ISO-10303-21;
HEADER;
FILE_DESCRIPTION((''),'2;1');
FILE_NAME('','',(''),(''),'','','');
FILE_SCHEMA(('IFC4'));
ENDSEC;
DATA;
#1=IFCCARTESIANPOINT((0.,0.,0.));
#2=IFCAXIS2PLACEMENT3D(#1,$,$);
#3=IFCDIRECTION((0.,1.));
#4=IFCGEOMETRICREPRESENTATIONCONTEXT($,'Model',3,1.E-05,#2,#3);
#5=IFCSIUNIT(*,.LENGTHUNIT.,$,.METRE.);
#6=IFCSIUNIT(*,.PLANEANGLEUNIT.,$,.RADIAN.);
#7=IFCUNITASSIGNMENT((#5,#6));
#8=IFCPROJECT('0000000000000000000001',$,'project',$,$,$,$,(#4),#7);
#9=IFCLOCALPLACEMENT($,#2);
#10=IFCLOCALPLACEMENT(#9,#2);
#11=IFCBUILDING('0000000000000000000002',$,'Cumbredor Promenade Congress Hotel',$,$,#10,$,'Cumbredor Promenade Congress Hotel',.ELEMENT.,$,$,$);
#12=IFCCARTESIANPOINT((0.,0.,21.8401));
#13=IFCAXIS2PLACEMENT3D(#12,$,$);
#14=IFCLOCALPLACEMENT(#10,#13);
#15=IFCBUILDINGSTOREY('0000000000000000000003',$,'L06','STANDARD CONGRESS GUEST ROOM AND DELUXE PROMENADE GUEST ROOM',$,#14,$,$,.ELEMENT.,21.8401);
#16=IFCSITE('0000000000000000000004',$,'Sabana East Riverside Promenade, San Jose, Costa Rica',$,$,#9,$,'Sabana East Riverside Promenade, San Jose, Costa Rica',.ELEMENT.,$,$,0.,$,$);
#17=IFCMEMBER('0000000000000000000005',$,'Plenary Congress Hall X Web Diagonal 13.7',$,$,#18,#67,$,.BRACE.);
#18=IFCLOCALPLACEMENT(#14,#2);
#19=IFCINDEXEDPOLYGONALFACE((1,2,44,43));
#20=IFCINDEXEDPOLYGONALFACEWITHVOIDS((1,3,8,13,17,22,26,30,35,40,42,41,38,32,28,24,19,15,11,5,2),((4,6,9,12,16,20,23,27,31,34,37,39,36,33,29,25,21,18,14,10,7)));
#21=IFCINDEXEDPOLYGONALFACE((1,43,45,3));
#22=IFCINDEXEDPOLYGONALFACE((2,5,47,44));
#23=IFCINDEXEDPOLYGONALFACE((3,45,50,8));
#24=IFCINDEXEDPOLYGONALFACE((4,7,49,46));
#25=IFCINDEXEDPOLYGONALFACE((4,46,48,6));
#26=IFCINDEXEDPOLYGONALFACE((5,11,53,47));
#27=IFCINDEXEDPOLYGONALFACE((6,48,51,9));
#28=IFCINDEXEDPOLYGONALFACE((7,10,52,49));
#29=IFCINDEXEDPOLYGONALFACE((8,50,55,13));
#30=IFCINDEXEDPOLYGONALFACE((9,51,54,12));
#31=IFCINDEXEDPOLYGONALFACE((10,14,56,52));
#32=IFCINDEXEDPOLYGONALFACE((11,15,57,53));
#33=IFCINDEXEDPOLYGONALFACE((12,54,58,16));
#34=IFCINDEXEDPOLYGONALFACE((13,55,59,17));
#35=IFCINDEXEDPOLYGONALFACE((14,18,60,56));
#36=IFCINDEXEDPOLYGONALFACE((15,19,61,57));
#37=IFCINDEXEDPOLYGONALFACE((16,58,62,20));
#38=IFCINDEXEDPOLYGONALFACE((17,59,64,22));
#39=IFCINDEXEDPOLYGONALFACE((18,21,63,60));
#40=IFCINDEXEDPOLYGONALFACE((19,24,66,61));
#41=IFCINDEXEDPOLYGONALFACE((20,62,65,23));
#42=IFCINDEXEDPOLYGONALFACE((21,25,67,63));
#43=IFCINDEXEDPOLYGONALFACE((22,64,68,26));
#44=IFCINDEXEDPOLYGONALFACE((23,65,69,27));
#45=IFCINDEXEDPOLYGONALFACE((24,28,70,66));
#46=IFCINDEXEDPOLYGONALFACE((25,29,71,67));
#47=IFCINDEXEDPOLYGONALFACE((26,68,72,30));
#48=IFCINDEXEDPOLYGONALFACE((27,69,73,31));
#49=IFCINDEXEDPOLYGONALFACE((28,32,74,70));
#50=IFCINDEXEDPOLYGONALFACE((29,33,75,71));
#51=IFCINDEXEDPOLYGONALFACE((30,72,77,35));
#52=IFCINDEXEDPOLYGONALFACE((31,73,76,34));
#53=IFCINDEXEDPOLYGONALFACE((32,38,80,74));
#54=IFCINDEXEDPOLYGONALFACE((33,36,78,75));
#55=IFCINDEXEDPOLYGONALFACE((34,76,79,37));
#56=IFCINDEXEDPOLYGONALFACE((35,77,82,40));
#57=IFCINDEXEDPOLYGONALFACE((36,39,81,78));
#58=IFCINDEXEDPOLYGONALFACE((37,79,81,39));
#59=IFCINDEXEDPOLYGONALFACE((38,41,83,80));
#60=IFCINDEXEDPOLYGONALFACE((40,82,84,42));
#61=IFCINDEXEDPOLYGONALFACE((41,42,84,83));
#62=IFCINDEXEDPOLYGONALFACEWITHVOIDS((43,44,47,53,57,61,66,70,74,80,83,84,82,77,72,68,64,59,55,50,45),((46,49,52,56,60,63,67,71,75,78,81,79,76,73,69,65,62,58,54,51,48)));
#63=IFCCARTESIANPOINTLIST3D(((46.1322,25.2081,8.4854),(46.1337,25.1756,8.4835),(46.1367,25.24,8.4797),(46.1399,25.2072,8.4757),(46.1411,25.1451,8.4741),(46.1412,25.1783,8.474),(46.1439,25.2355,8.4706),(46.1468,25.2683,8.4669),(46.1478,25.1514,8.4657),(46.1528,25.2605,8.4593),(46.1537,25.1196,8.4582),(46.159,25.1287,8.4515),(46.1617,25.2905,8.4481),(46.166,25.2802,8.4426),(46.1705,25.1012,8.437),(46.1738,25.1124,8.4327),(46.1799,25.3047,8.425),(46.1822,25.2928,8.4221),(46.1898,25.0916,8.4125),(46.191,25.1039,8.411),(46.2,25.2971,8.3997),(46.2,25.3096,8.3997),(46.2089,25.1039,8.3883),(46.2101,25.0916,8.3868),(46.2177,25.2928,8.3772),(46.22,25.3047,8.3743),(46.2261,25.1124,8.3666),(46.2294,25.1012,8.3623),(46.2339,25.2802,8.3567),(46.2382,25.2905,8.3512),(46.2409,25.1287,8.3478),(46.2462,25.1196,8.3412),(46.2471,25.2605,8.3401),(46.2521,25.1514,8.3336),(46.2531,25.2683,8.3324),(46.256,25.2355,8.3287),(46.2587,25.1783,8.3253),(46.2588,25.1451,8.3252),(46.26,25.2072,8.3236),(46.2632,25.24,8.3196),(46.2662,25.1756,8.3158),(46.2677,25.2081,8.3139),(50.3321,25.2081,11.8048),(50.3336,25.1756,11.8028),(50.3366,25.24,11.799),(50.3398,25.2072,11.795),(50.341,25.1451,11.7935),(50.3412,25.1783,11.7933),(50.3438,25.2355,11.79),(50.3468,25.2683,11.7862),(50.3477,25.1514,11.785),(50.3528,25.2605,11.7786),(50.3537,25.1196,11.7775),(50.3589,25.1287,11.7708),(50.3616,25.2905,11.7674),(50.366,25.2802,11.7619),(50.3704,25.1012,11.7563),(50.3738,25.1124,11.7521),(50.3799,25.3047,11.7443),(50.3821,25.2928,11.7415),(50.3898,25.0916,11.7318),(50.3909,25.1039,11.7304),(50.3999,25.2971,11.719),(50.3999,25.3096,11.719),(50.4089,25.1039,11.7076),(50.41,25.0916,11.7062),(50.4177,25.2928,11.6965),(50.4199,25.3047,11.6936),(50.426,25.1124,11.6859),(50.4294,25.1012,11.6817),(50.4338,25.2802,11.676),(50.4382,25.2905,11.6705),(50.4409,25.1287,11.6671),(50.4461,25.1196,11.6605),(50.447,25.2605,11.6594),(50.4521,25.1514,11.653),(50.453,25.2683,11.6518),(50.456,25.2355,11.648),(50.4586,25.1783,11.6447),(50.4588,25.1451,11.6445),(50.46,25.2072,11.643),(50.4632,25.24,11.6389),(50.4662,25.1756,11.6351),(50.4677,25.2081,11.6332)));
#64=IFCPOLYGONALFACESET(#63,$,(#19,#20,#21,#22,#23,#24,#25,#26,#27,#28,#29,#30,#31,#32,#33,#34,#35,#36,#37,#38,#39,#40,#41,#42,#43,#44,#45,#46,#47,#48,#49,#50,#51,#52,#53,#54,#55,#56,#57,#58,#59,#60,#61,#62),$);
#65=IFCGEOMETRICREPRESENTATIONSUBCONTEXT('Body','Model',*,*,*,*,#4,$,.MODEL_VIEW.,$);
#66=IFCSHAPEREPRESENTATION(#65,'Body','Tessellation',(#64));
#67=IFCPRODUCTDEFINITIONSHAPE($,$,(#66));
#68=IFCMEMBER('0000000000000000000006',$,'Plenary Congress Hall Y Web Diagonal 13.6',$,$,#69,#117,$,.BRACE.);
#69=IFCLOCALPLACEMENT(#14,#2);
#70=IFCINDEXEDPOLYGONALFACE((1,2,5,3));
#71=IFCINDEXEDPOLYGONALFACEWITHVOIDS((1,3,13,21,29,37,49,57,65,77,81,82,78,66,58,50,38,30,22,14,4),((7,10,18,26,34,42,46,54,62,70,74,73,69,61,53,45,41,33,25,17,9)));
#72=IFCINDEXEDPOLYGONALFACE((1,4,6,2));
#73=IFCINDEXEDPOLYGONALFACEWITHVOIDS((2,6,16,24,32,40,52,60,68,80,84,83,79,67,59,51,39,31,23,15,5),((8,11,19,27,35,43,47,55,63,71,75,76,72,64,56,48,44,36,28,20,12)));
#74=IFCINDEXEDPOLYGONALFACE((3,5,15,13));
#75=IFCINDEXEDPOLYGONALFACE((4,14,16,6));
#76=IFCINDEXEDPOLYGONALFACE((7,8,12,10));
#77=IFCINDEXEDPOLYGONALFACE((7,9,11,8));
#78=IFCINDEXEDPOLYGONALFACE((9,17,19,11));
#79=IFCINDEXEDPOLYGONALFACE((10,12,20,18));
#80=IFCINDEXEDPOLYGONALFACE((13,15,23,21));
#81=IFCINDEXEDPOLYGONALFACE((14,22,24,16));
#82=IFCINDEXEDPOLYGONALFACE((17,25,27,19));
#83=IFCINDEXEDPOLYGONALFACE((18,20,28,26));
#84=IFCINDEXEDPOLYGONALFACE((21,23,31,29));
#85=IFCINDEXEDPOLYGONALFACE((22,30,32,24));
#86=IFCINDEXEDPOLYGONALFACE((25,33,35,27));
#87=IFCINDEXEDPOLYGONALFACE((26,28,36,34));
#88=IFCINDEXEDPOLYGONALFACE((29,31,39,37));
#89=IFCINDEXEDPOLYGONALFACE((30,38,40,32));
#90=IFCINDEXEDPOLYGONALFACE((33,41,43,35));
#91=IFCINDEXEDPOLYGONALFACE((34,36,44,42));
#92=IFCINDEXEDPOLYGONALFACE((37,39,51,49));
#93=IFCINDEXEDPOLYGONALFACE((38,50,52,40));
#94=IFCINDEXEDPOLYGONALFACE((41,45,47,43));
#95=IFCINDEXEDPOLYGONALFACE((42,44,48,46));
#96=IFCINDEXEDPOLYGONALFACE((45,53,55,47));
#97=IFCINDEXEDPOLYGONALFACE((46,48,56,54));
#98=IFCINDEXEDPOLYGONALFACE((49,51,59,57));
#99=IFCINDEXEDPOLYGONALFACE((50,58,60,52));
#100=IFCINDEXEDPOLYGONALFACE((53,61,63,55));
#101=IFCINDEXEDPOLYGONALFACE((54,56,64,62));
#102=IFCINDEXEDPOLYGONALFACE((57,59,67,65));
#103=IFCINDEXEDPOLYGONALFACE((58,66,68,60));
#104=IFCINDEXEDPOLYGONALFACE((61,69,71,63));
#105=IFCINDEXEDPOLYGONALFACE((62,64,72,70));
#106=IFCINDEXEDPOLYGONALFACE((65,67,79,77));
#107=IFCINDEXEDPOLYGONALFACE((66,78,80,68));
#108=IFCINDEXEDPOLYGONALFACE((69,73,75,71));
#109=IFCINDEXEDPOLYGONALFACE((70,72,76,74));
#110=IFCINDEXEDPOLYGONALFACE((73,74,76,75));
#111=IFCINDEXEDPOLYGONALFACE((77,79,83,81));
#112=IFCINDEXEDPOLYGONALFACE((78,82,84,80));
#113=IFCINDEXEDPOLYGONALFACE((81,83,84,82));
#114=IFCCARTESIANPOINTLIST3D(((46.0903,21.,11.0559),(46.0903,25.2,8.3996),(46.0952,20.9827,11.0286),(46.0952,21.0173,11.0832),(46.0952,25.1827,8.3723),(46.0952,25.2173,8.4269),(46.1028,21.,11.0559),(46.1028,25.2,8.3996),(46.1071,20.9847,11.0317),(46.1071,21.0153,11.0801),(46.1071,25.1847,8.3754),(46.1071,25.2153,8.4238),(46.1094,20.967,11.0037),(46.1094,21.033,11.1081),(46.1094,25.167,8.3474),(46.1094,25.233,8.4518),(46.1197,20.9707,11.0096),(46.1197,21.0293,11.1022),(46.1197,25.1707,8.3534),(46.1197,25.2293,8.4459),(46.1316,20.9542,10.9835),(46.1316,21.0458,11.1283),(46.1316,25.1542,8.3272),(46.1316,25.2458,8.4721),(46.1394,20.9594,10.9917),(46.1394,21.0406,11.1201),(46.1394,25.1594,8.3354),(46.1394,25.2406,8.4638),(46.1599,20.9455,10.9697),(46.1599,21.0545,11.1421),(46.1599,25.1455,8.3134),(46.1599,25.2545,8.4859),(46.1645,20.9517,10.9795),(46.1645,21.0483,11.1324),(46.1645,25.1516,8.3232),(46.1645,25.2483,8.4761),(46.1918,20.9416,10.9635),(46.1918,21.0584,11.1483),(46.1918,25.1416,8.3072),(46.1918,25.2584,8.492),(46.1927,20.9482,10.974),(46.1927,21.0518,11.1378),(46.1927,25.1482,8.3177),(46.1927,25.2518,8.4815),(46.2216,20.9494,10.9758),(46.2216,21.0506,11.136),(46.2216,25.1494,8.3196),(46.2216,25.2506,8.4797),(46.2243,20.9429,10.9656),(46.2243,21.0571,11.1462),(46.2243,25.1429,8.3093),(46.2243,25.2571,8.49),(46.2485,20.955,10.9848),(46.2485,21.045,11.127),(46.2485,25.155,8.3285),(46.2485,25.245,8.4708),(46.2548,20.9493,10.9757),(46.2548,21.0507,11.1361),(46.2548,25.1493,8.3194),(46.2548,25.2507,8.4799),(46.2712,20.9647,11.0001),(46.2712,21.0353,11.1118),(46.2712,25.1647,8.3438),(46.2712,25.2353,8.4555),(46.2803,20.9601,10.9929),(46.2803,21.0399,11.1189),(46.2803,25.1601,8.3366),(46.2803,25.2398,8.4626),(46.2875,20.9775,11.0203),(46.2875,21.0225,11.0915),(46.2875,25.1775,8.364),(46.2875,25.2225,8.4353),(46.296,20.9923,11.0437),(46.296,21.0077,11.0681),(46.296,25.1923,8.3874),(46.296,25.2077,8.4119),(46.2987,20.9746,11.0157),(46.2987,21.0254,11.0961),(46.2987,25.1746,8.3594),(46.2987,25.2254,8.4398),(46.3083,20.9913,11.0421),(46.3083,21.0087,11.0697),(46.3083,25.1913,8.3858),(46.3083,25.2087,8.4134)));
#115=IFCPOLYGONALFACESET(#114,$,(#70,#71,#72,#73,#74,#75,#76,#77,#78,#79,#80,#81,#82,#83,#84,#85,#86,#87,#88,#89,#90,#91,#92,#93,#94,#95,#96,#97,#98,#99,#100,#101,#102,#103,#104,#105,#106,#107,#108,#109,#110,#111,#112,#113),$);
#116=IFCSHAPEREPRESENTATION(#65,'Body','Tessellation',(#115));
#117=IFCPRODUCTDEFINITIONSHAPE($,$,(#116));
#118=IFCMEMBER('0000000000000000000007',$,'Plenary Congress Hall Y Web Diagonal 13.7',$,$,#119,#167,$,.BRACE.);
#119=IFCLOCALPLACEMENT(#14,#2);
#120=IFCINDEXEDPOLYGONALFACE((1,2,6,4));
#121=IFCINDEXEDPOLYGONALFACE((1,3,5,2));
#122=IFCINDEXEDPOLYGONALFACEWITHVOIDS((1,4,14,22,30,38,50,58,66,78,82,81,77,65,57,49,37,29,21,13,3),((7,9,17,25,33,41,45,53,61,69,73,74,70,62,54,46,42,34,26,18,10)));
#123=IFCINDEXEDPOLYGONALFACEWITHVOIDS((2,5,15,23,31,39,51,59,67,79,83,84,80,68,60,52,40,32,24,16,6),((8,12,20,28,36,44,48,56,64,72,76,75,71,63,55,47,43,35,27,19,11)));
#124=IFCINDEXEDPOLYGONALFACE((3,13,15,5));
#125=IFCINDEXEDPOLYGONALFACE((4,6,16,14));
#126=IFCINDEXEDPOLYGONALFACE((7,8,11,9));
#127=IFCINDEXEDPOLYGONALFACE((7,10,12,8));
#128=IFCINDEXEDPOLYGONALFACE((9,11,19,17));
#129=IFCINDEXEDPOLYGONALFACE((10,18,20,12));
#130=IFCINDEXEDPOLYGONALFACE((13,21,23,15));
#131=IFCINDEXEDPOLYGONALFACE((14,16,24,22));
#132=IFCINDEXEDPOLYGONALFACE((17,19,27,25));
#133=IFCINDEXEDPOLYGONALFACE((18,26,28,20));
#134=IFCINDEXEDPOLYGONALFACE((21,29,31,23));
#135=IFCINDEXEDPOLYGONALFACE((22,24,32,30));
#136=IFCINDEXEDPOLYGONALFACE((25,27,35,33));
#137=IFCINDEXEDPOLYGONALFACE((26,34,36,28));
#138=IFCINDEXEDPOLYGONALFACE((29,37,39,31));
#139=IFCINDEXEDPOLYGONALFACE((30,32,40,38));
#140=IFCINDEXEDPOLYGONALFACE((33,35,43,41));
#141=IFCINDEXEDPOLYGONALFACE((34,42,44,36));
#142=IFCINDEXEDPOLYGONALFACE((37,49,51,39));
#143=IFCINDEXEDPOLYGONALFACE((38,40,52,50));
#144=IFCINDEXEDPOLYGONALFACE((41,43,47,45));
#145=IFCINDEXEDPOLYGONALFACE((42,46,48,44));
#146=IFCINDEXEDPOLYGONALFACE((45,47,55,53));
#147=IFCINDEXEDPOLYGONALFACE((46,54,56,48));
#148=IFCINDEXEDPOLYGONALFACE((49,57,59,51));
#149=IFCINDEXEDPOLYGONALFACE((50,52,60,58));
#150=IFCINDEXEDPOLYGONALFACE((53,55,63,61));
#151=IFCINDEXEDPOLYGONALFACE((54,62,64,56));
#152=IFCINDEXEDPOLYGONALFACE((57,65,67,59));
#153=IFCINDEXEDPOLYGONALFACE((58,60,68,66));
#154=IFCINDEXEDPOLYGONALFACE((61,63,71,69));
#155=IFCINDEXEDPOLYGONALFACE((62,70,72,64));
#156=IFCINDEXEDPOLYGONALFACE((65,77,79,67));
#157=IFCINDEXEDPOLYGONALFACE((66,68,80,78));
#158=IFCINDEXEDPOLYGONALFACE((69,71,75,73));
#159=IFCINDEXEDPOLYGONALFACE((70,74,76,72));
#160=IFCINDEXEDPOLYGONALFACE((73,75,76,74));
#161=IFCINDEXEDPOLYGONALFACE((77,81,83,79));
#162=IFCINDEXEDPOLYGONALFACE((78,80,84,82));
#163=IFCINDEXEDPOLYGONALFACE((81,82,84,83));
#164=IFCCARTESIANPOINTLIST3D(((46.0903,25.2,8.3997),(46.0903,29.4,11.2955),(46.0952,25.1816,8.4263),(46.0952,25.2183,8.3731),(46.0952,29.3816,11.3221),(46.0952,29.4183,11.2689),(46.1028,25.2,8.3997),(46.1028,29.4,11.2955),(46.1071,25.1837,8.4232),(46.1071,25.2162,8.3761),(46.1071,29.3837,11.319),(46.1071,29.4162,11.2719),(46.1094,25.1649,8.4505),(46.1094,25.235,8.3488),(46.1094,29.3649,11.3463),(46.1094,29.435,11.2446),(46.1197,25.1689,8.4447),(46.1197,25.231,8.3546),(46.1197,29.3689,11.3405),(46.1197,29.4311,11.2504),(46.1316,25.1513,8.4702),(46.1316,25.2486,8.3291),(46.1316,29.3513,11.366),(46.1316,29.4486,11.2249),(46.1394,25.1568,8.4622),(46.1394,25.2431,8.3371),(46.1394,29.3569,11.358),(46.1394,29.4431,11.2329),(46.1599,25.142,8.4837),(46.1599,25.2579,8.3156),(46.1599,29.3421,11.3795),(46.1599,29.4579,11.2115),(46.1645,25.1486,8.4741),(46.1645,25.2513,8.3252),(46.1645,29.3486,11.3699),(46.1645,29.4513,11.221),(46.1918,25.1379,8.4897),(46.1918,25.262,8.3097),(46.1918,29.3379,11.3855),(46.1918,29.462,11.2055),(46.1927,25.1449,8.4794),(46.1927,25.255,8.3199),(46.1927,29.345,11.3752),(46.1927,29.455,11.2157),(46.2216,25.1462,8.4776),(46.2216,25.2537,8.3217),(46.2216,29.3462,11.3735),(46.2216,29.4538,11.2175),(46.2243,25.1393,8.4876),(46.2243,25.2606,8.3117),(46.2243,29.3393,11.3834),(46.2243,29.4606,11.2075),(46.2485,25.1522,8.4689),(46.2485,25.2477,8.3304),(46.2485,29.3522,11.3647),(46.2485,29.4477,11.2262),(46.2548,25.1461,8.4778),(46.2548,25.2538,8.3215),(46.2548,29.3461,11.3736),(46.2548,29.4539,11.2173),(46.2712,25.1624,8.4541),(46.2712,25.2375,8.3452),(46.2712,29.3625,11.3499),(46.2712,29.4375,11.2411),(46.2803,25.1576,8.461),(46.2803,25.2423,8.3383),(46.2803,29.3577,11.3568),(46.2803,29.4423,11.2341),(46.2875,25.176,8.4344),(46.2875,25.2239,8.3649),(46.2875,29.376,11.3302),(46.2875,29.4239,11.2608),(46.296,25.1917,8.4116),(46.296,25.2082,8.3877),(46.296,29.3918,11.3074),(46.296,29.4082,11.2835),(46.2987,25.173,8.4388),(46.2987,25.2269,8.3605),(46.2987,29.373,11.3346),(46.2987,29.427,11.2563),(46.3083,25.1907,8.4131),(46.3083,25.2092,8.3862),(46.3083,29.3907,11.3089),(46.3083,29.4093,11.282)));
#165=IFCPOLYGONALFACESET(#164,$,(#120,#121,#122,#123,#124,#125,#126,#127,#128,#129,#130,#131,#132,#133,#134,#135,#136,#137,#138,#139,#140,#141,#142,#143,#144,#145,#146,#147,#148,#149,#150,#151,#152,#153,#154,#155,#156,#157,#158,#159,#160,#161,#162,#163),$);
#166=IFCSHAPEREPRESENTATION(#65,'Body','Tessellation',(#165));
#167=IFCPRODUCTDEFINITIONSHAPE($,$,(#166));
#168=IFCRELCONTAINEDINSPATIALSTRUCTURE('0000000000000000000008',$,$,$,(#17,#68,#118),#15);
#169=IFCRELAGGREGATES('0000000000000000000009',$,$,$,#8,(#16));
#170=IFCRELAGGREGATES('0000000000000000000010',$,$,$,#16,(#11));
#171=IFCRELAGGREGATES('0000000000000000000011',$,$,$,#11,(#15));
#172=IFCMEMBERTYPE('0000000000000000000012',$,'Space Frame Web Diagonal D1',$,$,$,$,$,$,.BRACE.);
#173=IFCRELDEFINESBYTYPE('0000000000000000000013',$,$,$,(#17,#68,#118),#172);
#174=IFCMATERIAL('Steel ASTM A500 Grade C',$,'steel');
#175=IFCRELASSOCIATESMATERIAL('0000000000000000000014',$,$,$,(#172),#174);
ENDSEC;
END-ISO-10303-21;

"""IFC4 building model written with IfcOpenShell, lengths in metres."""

from ifc_helpers import new_model, si_unit, direction, frame, origin, origin_2d, place, context, subcontext, project, spatial, hollow_circle, extrude, material, material_profile, profile_set, type_object, element, save


model = new_model("IFC4")

# Units and contexts
model_context = context("Model", 3, precision=1e-05, world=origin(), true_north=direction((0.0, 1.0)))
body_context = subcontext(model_context, "Body", "Model", "MODEL_VIEW")
ifc_project = project(units=[si_unit("LENGTHUNIT", "METRE"), si_unit("PLANEANGLEUNIT", "RADIAN")], contexts=[model_context])

# Site, building, storey
site_placement = place(None, origin())
site = spatial("IfcSite", under=ifc_project, at=site_placement, Name="Sabana East Riverside Promenade, San Jose, Costa Rica", LongName="Sabana East Riverside Promenade, San Jose, Costa Rica", CompositionType="ELEMENT", RefElevation=0.0)
building_placement = place(site_placement, origin())
building = spatial("IfcBuilding", under=site, at=building_placement, Name="Cumbredor Promenade Congress Hotel", LongName="Cumbredor Promenade Congress Hotel", CompositionType="ELEMENT")
storey_placement = place(building_placement, frame((0.0, 0.0, 21.8401)))
storey = spatial("IfcBuildingStorey", under=building, at=storey_placement, Name="L06", Description="STANDARD CONGRESS GUEST ROOM AND DELUXE PROMENADE GUEST ROOM", CompositionType="ELEMENT", Elevation=21.8401)

# Members
ifc_material_1 = material(Name="Steel ASTM A500 Grade C", Category="steel")
ifc_material_profile_1 = material_profile(ifc_material_1, hollow_circle(Radius=0.1096, WallThickness=0.0125, at=origin_2d()), Name="CHS 219.1x12.5")
ifc_profile_set_1 = profile_set([ifc_material_profile_1], Name="Steel ASTM A500 Grade C")
member_type_1 = type_object("IfcMemberType", Name="Space Frame Web Diagonal D1", PredefinedType="BRACE", material=ifc_profile_set_1)
member_1_placement = place(storey_placement, frame((46.2, 25.2, 8.3997), z_axis=(0.784557, 0.0, 0.620057), x_axis=(0.0, 1.0, 0.0)))
element("IfcMember", 1, at=member_1_placement, inside=storey, type_object=member_type_1, Name="Plenary Congress Hall X Web Diagonal 13.7", PredefinedType="BRACE", context=body_context, shape_type="SweptSolid", body=[
    extrude(hollow_circle(Radius=0.1096, WallThickness=0.0125, at=origin_2d()), origin(), (0.0, 0.0, 1.0), 5.3533),
])
member_2_placement = place(storey_placement, frame((46.2, 21.0, 11.0559), z_axis=(0.0, 0.845157, -0.534518), x_axis=(-1.0, 0.0, 0.0)))
element("IfcMember", 2, at=member_2_placement, inside=storey, type_object=member_type_1, Name="Plenary Congress Hall Y Web Diagonal 13.6", PredefinedType="BRACE", context=body_context, shape_type="SweptSolid", body=[
    extrude(hollow_circle(Radius=0.1096, WallThickness=0.0125, at=origin_2d()), origin(), (0.0, 0.0, 1.0), 4.9695),
])
member_3_placement = place(storey_placement, frame((46.2, 25.2, 8.3997), z_axis=(0.0, 0.823283, 0.567631), x_axis=(-1.0, 0.0, 0.0)))
element("IfcMember", 3, at=member_3_placement, inside=storey, type_object=member_type_1, Name="Plenary Congress Hall Y Web Diagonal 13.7", PredefinedType="BRACE", context=body_context, shape_type="SweptSolid", body=[
    extrude(hollow_circle(Radius=0.1096, WallThickness=0.0125, at=origin_2d()), origin(), (0.0, 0.0, 1.0), 5.1016),
])

save(model, "model.ifc")
